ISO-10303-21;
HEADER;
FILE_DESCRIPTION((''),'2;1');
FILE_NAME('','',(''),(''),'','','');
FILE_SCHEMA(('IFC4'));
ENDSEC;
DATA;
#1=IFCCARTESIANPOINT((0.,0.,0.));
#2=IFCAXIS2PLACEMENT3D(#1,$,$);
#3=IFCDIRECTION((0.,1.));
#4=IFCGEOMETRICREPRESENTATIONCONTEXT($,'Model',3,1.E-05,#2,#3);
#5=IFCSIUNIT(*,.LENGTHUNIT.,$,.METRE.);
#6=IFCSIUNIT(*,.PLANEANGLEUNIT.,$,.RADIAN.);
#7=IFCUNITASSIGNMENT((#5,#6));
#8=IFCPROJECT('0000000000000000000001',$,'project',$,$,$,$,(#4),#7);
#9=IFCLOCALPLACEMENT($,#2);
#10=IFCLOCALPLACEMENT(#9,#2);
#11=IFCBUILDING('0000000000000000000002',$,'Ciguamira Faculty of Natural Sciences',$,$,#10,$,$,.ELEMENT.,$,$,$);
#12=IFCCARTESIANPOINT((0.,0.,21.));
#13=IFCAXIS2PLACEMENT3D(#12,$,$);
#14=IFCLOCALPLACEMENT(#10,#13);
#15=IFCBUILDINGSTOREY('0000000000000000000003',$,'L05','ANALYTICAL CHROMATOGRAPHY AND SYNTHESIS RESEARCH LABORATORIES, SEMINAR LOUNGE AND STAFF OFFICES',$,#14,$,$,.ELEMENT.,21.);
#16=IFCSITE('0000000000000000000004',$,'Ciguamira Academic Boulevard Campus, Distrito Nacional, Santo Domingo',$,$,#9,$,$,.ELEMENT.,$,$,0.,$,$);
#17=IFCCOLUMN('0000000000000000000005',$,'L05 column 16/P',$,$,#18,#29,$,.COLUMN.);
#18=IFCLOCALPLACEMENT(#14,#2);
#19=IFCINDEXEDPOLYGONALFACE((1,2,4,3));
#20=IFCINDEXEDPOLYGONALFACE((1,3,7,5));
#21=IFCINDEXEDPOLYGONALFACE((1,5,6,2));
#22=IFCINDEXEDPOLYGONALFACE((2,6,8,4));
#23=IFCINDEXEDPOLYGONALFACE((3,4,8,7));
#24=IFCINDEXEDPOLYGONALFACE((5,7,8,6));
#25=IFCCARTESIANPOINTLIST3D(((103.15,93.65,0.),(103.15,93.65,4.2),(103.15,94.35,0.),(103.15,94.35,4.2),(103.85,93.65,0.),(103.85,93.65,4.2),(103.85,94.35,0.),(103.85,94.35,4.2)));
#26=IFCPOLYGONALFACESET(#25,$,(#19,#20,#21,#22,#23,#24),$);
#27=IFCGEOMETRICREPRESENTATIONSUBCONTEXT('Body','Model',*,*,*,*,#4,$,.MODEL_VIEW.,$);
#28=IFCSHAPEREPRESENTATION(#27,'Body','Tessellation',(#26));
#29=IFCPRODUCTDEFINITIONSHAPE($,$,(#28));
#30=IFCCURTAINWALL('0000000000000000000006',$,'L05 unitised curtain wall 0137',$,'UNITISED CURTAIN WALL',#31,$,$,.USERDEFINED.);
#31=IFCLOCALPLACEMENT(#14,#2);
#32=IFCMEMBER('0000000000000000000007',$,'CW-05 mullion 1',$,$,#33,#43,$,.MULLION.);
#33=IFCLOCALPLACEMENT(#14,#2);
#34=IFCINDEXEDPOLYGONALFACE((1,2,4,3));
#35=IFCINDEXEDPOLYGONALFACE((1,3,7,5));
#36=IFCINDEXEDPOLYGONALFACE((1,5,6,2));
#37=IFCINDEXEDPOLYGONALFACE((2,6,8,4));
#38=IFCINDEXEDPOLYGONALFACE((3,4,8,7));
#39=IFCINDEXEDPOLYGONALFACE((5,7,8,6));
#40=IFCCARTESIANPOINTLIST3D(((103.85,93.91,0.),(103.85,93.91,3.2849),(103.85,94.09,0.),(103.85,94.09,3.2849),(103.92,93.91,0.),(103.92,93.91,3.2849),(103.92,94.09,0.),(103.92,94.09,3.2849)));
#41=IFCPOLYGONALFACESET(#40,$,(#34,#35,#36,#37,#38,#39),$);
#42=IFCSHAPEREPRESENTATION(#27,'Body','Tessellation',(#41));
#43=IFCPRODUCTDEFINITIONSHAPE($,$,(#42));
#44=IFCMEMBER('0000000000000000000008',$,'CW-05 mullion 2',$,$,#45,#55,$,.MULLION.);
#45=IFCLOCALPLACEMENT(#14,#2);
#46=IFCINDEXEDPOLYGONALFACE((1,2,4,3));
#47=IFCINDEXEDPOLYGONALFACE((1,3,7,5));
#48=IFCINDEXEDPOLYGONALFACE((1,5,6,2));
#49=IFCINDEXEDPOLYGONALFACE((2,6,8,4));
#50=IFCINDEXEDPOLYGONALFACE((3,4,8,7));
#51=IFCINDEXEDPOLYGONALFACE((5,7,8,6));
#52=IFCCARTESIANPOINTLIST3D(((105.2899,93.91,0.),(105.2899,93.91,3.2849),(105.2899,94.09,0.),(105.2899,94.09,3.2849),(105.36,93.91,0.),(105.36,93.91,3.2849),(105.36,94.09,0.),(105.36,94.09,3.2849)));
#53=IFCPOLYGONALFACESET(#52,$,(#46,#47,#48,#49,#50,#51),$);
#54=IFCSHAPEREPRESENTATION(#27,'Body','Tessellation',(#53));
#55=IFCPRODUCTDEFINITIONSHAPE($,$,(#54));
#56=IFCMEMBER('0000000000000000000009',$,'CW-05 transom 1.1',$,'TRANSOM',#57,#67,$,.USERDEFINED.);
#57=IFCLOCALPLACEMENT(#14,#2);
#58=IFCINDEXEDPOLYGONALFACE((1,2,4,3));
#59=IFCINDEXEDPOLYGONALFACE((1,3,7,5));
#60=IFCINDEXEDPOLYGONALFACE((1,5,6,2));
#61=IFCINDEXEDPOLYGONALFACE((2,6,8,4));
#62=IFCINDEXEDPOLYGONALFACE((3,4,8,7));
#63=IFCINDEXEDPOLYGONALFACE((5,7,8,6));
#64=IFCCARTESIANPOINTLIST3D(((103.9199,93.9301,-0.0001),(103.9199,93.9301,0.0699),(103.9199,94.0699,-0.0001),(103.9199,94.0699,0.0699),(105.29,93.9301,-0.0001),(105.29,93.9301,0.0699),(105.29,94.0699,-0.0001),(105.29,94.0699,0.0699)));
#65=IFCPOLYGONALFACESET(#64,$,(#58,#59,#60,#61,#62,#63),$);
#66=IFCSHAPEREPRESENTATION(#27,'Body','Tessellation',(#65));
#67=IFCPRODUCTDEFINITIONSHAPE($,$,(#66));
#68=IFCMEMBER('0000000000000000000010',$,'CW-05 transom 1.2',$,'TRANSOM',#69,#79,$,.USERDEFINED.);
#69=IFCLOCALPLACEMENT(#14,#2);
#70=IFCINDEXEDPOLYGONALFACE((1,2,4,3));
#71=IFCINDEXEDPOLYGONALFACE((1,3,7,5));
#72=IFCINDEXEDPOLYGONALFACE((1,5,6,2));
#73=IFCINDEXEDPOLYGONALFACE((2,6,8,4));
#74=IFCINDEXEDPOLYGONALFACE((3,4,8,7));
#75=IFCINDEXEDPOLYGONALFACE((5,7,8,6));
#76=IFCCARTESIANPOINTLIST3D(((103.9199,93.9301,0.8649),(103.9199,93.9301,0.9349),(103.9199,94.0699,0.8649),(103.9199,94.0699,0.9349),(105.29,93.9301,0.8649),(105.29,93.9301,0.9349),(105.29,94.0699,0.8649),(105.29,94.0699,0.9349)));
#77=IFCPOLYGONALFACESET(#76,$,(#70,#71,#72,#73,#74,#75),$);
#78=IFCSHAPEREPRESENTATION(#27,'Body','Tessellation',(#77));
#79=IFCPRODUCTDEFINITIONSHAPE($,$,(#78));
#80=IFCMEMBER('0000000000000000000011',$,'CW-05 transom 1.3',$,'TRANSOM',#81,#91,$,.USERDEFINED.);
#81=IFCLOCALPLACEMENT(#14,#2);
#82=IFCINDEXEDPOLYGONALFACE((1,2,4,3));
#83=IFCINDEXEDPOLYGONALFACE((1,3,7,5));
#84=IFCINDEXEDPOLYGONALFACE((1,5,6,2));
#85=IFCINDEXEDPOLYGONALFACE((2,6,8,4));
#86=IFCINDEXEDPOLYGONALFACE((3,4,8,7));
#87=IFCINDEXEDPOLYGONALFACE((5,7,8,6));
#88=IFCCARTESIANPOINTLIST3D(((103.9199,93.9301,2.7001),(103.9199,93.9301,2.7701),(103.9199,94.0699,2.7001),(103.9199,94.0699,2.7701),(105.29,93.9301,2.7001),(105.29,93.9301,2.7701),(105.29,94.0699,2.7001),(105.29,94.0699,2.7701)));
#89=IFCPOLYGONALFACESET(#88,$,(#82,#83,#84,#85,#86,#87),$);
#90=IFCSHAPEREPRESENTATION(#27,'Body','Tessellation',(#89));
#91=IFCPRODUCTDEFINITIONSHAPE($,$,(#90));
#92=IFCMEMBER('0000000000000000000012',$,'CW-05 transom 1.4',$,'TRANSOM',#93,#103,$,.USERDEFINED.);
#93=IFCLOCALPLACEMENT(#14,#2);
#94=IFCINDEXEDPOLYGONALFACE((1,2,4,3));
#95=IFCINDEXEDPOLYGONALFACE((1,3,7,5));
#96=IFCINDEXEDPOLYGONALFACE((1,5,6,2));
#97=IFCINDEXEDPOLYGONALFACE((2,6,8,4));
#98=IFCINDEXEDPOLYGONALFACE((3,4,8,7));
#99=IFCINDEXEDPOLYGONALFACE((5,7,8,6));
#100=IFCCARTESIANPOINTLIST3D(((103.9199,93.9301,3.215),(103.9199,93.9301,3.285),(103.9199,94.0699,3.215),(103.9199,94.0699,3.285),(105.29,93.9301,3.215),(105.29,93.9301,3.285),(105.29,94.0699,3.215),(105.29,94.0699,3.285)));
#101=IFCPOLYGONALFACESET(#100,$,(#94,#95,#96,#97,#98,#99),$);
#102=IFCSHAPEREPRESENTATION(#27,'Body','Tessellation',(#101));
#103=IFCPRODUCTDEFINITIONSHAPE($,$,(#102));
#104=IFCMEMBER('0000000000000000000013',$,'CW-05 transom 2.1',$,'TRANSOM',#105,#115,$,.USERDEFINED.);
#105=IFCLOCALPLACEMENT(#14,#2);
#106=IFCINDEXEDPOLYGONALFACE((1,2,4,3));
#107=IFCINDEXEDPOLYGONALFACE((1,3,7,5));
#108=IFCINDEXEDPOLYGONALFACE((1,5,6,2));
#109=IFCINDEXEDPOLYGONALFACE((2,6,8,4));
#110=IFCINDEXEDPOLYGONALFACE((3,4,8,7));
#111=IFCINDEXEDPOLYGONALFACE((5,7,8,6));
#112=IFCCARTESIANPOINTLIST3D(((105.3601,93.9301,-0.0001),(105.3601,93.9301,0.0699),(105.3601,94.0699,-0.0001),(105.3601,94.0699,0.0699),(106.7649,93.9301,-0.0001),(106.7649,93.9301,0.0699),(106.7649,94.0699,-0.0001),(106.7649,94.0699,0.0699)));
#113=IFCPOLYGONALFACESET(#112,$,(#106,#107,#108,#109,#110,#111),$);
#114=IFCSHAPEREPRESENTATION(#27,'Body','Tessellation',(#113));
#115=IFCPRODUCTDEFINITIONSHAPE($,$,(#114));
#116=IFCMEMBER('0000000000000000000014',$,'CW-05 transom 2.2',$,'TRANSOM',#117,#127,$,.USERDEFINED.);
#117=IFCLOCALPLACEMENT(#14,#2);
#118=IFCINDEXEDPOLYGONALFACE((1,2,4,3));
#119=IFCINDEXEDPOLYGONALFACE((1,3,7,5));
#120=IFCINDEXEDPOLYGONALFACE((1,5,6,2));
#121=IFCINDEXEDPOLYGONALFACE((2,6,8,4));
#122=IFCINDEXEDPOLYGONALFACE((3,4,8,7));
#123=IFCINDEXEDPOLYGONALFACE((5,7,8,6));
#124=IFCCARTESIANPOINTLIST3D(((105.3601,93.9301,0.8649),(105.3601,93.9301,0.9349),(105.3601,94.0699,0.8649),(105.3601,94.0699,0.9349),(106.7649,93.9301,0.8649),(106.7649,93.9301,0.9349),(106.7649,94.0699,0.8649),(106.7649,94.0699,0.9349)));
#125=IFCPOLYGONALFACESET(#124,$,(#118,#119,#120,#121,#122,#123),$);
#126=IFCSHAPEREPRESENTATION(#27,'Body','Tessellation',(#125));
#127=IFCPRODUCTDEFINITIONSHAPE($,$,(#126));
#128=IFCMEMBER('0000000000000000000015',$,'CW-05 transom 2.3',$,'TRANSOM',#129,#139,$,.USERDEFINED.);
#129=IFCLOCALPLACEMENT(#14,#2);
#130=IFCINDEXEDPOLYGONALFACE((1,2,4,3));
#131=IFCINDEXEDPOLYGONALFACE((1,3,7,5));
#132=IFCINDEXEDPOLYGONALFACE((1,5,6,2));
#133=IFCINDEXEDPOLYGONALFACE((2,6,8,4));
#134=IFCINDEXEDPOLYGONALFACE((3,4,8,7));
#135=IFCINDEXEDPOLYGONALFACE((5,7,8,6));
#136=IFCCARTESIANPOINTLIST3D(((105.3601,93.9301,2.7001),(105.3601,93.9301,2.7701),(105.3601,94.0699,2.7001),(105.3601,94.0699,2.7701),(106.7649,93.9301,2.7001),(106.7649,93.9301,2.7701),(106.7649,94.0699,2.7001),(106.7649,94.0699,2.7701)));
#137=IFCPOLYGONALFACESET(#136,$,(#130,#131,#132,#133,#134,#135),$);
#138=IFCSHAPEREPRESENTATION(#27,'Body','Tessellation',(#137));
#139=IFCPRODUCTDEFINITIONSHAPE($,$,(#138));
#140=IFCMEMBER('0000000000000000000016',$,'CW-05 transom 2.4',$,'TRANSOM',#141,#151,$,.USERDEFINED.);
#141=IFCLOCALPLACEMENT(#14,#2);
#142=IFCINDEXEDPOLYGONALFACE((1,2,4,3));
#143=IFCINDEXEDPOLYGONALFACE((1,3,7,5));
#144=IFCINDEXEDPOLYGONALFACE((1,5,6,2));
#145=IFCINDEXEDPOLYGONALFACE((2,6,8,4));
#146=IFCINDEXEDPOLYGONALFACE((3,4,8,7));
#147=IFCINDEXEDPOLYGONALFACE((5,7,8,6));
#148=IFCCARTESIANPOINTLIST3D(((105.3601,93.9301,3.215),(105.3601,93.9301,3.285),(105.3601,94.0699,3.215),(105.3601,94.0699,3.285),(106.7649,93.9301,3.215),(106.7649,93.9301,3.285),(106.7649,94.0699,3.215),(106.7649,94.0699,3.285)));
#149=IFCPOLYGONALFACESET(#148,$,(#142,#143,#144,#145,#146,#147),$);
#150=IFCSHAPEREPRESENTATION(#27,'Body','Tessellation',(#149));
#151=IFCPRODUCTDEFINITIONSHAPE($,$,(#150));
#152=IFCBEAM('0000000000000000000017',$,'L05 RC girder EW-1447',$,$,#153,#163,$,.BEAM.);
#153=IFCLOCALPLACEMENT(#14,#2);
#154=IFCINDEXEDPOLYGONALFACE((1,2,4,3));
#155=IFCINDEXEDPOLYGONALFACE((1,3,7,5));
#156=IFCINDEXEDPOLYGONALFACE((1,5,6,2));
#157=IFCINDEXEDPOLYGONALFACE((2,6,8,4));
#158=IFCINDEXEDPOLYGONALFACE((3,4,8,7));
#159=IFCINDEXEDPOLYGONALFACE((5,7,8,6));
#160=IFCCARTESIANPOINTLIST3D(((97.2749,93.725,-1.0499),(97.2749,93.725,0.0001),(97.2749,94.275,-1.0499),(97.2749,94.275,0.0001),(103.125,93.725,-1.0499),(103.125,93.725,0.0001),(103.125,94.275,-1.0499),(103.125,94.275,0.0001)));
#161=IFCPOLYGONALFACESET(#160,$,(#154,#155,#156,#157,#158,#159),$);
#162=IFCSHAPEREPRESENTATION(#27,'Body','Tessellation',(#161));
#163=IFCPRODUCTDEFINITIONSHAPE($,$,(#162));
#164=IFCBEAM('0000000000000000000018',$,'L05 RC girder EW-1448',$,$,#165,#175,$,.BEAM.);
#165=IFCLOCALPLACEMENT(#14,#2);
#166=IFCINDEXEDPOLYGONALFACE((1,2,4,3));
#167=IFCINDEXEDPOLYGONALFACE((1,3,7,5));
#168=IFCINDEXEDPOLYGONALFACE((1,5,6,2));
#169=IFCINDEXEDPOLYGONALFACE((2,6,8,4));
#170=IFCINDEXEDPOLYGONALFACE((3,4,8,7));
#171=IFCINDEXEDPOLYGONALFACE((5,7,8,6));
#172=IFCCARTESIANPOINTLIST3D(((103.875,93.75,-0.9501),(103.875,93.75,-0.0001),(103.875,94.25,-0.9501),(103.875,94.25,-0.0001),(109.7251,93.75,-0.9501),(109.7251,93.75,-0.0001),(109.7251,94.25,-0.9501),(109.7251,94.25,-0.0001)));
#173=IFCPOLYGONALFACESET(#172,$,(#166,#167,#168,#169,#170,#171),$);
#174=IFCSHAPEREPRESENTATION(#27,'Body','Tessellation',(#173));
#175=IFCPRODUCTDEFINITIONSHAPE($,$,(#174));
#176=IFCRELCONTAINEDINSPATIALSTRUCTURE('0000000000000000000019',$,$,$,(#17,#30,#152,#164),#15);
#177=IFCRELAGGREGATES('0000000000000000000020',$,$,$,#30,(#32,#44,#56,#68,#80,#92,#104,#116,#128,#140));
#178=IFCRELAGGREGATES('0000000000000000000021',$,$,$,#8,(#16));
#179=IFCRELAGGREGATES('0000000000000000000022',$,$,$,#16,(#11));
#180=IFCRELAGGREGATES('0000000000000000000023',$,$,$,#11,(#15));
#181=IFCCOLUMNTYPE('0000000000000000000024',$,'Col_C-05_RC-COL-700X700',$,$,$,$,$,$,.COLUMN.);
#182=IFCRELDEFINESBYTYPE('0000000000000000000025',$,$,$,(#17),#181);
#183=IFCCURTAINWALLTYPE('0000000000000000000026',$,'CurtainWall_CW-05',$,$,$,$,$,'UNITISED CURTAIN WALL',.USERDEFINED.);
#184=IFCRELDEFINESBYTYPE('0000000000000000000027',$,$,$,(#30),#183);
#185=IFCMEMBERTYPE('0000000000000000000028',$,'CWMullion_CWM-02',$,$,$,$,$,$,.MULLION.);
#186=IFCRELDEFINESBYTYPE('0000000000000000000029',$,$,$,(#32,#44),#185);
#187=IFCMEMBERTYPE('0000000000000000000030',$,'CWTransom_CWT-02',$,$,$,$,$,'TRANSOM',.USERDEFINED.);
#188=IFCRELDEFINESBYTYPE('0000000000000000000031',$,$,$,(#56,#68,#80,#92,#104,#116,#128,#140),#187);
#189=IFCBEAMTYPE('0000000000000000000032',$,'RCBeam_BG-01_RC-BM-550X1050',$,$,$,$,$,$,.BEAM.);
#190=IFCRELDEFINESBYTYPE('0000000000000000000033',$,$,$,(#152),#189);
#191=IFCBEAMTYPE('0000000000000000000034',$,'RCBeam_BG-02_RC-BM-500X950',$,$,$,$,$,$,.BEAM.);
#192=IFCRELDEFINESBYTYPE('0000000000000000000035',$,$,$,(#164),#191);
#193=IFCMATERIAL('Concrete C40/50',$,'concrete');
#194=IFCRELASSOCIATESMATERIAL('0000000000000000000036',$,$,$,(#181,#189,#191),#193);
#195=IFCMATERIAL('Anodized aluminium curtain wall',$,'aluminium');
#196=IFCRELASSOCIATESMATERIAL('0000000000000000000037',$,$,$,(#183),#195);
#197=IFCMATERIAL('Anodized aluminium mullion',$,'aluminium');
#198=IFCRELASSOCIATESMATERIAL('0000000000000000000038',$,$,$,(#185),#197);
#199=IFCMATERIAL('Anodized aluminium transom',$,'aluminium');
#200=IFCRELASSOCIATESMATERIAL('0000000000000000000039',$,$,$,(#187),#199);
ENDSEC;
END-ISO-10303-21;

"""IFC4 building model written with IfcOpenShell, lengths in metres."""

from ifc_helpers import new_model, si_unit, direction, frame, origin, origin_2d, place, context, subcontext, project, spatial, rectangle, extrude, material, material_profile, profile_set, type_object, element, aggregate, save


model = new_model("IFC4")

# Units and contexts
model_context = context("Model", 3, precision=1e-05, world=origin(), true_north=direction((0.0, 1.0)))
body_context = subcontext(model_context, "Body", "Model", "MODEL_VIEW")
ifc_project = project(units=[si_unit("LENGTHUNIT", "METRE"), si_unit("PLANEANGLEUNIT", "RADIAN")], contexts=[model_context])

# Site, building, storey
site_placement = place(None, origin())
site = spatial("IfcSite", under=ifc_project, at=site_placement, Name="Ciguamira Academic Boulevard Campus, Distrito Nacional, Santo Domingo", CompositionType="ELEMENT", RefElevation=0.0)
building_placement = place(site_placement, origin())
building = spatial("IfcBuilding", under=site, at=building_placement, Name="Ciguamira Faculty of Natural Sciences", CompositionType="ELEMENT")
storey_placement = place(building_placement, frame((0.0, 0.0, 21.0)))
storey = spatial("IfcBuildingStorey", under=building, at=storey_placement, Name="L05", Description="ANALYTICAL CHROMATOGRAPHY AND SYNTHESIS RESEARCH LABORATORIES, SEMINAR LOUNGE AND STAFF OFFICES", CompositionType="ELEMENT", Elevation=21.0)

# Column
ifc_material_1 = material(Name="Concrete C40/50", Category="concrete")
ifc_material_profile_1 = material_profile(ifc_material_1, rectangle(XDim=0.7, YDim=0.7, at=origin_2d()), Name="RC-COL-700X700")
ifc_profile_set_1 = profile_set([ifc_material_profile_1], Name="Concrete C40/50")
column_type = type_object("IfcColumnType", Name="Col_C-05_RC-COL-700X700", PredefinedType="COLUMN", material=ifc_profile_set_1)
column_placement = place(storey_placement, frame((103.5, 94.0, 0.0), z_axis=(0.0, 0.0, 1.0), x_axis=(1.0, 0.0, 0.0)))
element("IfcColumn", 1, at=column_placement, inside=storey, type_object=column_type, Name="L05 column 16/P", PredefinedType="COLUMN", context=body_context, shape_type="SweptSolid", body=[
    extrude(rectangle(XDim=0.7, YDim=0.7, at=origin_2d()), origin(), (0.0, 0.0, 1.0), 4.2),
])

# Curtain wall, members
ifc_material_2 = material(Name="Anodized aluminium curtain wall", Category="aluminium")
curtain_wall_type = type_object("IfcCurtainWallType", Name="CurtainWall_CW-05", ElementType="UNITISED CURTAIN WALL", PredefinedType="USERDEFINED", material=ifc_material_2)
curtain_wall_placement = place(storey_placement, origin())
curtain_wall = element("IfcCurtainWall", 2, at=curtain_wall_placement, inside=storey, type_object=curtain_wall_type, Name="L05 unitised curtain wall 0137", ObjectType="UNITISED CURTAIN WALL", PredefinedType="USERDEFINED")
ifc_material_3 = material(Name="Anodized aluminium mullion", Category="aluminium")
ifc_material_profile_2 = material_profile(ifc_material_3, rectangle(XDim=0.0701, YDim=0.1799, at=origin_2d()), Name="ALU-MUL-70X180")
ifc_profile_set_2 = profile_set([ifc_material_profile_2], Name="Anodized aluminium mullion")
member_type_1 = type_object("IfcMemberType", Name="CWMullion_CWM-02", PredefinedType="MULLION", material=ifc_profile_set_2)
member_1_placement = place(storey_placement, frame((103.885, 94.0, 0.0), z_axis=(0.0, 0.0, 1.0), x_axis=(1.0, 0.0, 0.0)))
member_1 = element("IfcMember", 3, at=member_1_placement, type_object=member_type_1, Name="CW-05 mullion 1", PredefinedType="MULLION", context=body_context, shape_type="SweptSolid", body=[
    extrude(rectangle(XDim=0.0701, YDim=0.1799, at=origin_2d()), origin(), (0.0, 0.0, 1.0), 3.2849),
])
member_2_placement = place(storey_placement, frame((105.325, 94.0, 0.0), z_axis=(0.0, 0.0, 1.0), x_axis=(1.0, 0.0, 0.0)))
member_2 = element("IfcMember", 4, at=member_2_placement, type_object=member_type_1, Name="CW-05 mullion 2", PredefinedType="MULLION", context=body_context, shape_type="SweptSolid", body=[
    extrude(rectangle(XDim=0.0701, YDim=0.1799, at=origin_2d()), origin(), (0.0, 0.0, 1.0), 3.2849),
])
ifc_material_4 = material(Name="Anodized aluminium transom", Category="aluminium")
ifc_material_profile_3 = material_profile(ifc_material_4, rectangle(XDim=0.0701, YDim=0.1399, at=origin_2d()), Name="ALU-TRN-70X140")
ifc_profile_set_3 = profile_set([ifc_material_profile_3], Name="Anodized aluminium transom")
member_type_2 = type_object("IfcMemberType", Name="CWTransom_CWT-02", ElementType="TRANSOM", PredefinedType="USERDEFINED", material=ifc_profile_set_3)
member_3_placement = place(storey_placement, frame((103.9199, 94.0, 0.0349), z_axis=(1.0, 0.0, 0.0), x_axis=(0.0, 0.0, 1.0)))
member_3 = element("IfcMember", 5, at=member_3_placement, type_object=member_type_2, Name="CW-05 transom 1.1", ObjectType="TRANSOM", PredefinedType="USERDEFINED", context=body_context, shape_type="SweptSolid", body=[
    extrude(rectangle(XDim=0.0701, YDim=0.1399, at=origin_2d()), origin(), (0.0, 0.0, 1.0), 1.3701),
])
member_4_placement = place(storey_placement, frame((103.9199, 94.0, 0.8999), z_axis=(1.0, 0.0, 0.0), x_axis=(0.0, 0.0, 1.0)))
member_4 = element("IfcMember", 6, at=member_4_placement, type_object=member_type_2, Name="CW-05 transom 1.2", ObjectType="TRANSOM", PredefinedType="USERDEFINED", context=body_context, shape_type="SweptSolid", body=[
    extrude(rectangle(XDim=0.0701, YDim=0.1399, at=origin_2d()), origin(), (0.0, 0.0, 1.0), 1.3701),
])
member_5_placement = place(storey_placement, frame((103.9199, 94.0, 2.7351), z_axis=(1.0, 0.0, 0.0), x_axis=(0.0, 0.0, 1.0)))
member_5 = element("IfcMember", 7, at=member_5_placement, type_object=member_type_2, Name="CW-05 transom 1.3", ObjectType="TRANSOM", PredefinedType="USERDEFINED", context=body_context, shape_type="SweptSolid", body=[
    extrude(rectangle(XDim=0.0701, YDim=0.1399, at=origin_2d()), origin(), (0.0, 0.0, 1.0), 1.3701),
])
member_6_placement = place(storey_placement, frame((103.9199, 94.0, 3.25), z_axis=(1.0, 0.0, 0.0), x_axis=(0.0, 0.0, 1.0)))
member_6 = element("IfcMember", 8, at=member_6_placement, type_object=member_type_2, Name="CW-05 transom 1.4", ObjectType="TRANSOM", PredefinedType="USERDEFINED", context=body_context, shape_type="SweptSolid", body=[
    extrude(rectangle(XDim=0.0701, YDim=0.1399, at=origin_2d()), origin(), (0.0, 0.0, 1.0), 1.3701),
])
member_7_placement = place(storey_placement, frame((105.3601, 94.0, 0.0349), z_axis=(1.0, 0.0, 0.0), x_axis=(0.0, 0.0, 1.0)))
member_7 = element("IfcMember", 9, at=member_7_placement, type_object=member_type_2, Name="CW-05 transom 2.1", ObjectType="TRANSOM", PredefinedType="USERDEFINED", context=body_context, shape_type="SweptSolid", body=[
    extrude(rectangle(XDim=0.0701, YDim=0.1399, at=origin_2d()), origin(), (0.0, 0.0, 1.0), 1.4048),
])
member_8_placement = place(storey_placement, frame((105.3601, 94.0, 0.8999), z_axis=(1.0, 0.0, 0.0), x_axis=(0.0, 0.0, 1.0)))
member_8 = element("IfcMember", 10, at=member_8_placement, type_object=member_type_2, Name="CW-05 transom 2.2", ObjectType="TRANSOM", PredefinedType="USERDEFINED", context=body_context, shape_type="SweptSolid", body=[
    extrude(rectangle(XDim=0.0701, YDim=0.1399, at=origin_2d()), origin(), (0.0, 0.0, 1.0), 1.4048),
])
member_9_placement = place(storey_placement, frame((105.3601, 94.0, 2.7351), z_axis=(1.0, 0.0, 0.0), x_axis=(0.0, 0.0, 1.0)))
member_9 = element("IfcMember", 11, at=member_9_placement, type_object=member_type_2, Name="CW-05 transom 2.3", ObjectType="TRANSOM", PredefinedType="USERDEFINED", context=body_context, shape_type="SweptSolid", body=[
    extrude(rectangle(XDim=0.0701, YDim=0.1399, at=origin_2d()), origin(), (0.0, 0.0, 1.0), 1.4048),
])
member_10_placement = place(storey_placement, frame((105.3601, 94.0, 3.25), z_axis=(1.0, 0.0, 0.0), x_axis=(0.0, 0.0, 1.0)))
member_10 = element("IfcMember", 12, at=member_10_placement, type_object=member_type_2, Name="CW-05 transom 2.4", ObjectType="TRANSOM", PredefinedType="USERDEFINED", context=body_context, shape_type="SweptSolid", body=[
    extrude(rectangle(XDim=0.0701, YDim=0.1399, at=origin_2d()), origin(), (0.0, 0.0, 1.0), 1.4048),
])

# Beams
ifc_material_profile_4 = material_profile(ifc_material_1, rectangle(XDim=0.55, YDim=1.05, at=origin_2d()), Name="RC-BM-550X1050")
ifc_profile_set_4 = profile_set([ifc_material_profile_4], Name="Concrete C40/50")
beam_type_1 = type_object("IfcBeamType", Name="RCBeam_BG-01_RC-BM-550X1050", PredefinedType="BEAM", material=ifc_profile_set_4)
beam_1_placement = place(storey_placement, frame((97.2749, 94.0, -0.5249), z_axis=(1.0, 0.0, 0.0), x_axis=(0.0, 1.0, 0.0)))
element("IfcBeam", 13, at=beam_1_placement, inside=storey, type_object=beam_type_1, Name="L05 RC girder EW-1447", PredefinedType="BEAM", context=body_context, shape_type="SweptSolid", body=[
    extrude(rectangle(XDim=0.55, YDim=1.05, at=origin_2d()), origin(), (0.0, 0.0, 1.0), 5.8501),
])
ifc_material_profile_5 = material_profile(ifc_material_1, rectangle(XDim=0.5, YDim=0.95, at=origin_2d()), Name="RC-BM-500X950")
ifc_profile_set_5 = profile_set([ifc_material_profile_5], Name="Concrete C40/50")
beam_type_2 = type_object("IfcBeamType", Name="RCBeam_BG-02_RC-BM-500X950", PredefinedType="BEAM", material=ifc_profile_set_5)
beam_2_placement = place(storey_placement, frame((103.875, 94.0, -0.4751), z_axis=(1.0, 0.0, 0.0), x_axis=(0.0, 1.0, 0.0)))
element("IfcBeam", 14, at=beam_2_placement, inside=storey, type_object=beam_type_2, Name="L05 RC girder EW-1448", PredefinedType="BEAM", context=body_context, shape_type="SweptSolid", body=[
    extrude(rectangle(XDim=0.5, YDim=0.95, at=origin_2d()), origin(), (0.0, 0.0, 1.0), 5.8501),
])

aggregate(curtain_wall, [member_1, member_2, member_3, member_4, member_5, member_6, member_7, member_8, member_9, member_10])

save(model, "model.ifc")
